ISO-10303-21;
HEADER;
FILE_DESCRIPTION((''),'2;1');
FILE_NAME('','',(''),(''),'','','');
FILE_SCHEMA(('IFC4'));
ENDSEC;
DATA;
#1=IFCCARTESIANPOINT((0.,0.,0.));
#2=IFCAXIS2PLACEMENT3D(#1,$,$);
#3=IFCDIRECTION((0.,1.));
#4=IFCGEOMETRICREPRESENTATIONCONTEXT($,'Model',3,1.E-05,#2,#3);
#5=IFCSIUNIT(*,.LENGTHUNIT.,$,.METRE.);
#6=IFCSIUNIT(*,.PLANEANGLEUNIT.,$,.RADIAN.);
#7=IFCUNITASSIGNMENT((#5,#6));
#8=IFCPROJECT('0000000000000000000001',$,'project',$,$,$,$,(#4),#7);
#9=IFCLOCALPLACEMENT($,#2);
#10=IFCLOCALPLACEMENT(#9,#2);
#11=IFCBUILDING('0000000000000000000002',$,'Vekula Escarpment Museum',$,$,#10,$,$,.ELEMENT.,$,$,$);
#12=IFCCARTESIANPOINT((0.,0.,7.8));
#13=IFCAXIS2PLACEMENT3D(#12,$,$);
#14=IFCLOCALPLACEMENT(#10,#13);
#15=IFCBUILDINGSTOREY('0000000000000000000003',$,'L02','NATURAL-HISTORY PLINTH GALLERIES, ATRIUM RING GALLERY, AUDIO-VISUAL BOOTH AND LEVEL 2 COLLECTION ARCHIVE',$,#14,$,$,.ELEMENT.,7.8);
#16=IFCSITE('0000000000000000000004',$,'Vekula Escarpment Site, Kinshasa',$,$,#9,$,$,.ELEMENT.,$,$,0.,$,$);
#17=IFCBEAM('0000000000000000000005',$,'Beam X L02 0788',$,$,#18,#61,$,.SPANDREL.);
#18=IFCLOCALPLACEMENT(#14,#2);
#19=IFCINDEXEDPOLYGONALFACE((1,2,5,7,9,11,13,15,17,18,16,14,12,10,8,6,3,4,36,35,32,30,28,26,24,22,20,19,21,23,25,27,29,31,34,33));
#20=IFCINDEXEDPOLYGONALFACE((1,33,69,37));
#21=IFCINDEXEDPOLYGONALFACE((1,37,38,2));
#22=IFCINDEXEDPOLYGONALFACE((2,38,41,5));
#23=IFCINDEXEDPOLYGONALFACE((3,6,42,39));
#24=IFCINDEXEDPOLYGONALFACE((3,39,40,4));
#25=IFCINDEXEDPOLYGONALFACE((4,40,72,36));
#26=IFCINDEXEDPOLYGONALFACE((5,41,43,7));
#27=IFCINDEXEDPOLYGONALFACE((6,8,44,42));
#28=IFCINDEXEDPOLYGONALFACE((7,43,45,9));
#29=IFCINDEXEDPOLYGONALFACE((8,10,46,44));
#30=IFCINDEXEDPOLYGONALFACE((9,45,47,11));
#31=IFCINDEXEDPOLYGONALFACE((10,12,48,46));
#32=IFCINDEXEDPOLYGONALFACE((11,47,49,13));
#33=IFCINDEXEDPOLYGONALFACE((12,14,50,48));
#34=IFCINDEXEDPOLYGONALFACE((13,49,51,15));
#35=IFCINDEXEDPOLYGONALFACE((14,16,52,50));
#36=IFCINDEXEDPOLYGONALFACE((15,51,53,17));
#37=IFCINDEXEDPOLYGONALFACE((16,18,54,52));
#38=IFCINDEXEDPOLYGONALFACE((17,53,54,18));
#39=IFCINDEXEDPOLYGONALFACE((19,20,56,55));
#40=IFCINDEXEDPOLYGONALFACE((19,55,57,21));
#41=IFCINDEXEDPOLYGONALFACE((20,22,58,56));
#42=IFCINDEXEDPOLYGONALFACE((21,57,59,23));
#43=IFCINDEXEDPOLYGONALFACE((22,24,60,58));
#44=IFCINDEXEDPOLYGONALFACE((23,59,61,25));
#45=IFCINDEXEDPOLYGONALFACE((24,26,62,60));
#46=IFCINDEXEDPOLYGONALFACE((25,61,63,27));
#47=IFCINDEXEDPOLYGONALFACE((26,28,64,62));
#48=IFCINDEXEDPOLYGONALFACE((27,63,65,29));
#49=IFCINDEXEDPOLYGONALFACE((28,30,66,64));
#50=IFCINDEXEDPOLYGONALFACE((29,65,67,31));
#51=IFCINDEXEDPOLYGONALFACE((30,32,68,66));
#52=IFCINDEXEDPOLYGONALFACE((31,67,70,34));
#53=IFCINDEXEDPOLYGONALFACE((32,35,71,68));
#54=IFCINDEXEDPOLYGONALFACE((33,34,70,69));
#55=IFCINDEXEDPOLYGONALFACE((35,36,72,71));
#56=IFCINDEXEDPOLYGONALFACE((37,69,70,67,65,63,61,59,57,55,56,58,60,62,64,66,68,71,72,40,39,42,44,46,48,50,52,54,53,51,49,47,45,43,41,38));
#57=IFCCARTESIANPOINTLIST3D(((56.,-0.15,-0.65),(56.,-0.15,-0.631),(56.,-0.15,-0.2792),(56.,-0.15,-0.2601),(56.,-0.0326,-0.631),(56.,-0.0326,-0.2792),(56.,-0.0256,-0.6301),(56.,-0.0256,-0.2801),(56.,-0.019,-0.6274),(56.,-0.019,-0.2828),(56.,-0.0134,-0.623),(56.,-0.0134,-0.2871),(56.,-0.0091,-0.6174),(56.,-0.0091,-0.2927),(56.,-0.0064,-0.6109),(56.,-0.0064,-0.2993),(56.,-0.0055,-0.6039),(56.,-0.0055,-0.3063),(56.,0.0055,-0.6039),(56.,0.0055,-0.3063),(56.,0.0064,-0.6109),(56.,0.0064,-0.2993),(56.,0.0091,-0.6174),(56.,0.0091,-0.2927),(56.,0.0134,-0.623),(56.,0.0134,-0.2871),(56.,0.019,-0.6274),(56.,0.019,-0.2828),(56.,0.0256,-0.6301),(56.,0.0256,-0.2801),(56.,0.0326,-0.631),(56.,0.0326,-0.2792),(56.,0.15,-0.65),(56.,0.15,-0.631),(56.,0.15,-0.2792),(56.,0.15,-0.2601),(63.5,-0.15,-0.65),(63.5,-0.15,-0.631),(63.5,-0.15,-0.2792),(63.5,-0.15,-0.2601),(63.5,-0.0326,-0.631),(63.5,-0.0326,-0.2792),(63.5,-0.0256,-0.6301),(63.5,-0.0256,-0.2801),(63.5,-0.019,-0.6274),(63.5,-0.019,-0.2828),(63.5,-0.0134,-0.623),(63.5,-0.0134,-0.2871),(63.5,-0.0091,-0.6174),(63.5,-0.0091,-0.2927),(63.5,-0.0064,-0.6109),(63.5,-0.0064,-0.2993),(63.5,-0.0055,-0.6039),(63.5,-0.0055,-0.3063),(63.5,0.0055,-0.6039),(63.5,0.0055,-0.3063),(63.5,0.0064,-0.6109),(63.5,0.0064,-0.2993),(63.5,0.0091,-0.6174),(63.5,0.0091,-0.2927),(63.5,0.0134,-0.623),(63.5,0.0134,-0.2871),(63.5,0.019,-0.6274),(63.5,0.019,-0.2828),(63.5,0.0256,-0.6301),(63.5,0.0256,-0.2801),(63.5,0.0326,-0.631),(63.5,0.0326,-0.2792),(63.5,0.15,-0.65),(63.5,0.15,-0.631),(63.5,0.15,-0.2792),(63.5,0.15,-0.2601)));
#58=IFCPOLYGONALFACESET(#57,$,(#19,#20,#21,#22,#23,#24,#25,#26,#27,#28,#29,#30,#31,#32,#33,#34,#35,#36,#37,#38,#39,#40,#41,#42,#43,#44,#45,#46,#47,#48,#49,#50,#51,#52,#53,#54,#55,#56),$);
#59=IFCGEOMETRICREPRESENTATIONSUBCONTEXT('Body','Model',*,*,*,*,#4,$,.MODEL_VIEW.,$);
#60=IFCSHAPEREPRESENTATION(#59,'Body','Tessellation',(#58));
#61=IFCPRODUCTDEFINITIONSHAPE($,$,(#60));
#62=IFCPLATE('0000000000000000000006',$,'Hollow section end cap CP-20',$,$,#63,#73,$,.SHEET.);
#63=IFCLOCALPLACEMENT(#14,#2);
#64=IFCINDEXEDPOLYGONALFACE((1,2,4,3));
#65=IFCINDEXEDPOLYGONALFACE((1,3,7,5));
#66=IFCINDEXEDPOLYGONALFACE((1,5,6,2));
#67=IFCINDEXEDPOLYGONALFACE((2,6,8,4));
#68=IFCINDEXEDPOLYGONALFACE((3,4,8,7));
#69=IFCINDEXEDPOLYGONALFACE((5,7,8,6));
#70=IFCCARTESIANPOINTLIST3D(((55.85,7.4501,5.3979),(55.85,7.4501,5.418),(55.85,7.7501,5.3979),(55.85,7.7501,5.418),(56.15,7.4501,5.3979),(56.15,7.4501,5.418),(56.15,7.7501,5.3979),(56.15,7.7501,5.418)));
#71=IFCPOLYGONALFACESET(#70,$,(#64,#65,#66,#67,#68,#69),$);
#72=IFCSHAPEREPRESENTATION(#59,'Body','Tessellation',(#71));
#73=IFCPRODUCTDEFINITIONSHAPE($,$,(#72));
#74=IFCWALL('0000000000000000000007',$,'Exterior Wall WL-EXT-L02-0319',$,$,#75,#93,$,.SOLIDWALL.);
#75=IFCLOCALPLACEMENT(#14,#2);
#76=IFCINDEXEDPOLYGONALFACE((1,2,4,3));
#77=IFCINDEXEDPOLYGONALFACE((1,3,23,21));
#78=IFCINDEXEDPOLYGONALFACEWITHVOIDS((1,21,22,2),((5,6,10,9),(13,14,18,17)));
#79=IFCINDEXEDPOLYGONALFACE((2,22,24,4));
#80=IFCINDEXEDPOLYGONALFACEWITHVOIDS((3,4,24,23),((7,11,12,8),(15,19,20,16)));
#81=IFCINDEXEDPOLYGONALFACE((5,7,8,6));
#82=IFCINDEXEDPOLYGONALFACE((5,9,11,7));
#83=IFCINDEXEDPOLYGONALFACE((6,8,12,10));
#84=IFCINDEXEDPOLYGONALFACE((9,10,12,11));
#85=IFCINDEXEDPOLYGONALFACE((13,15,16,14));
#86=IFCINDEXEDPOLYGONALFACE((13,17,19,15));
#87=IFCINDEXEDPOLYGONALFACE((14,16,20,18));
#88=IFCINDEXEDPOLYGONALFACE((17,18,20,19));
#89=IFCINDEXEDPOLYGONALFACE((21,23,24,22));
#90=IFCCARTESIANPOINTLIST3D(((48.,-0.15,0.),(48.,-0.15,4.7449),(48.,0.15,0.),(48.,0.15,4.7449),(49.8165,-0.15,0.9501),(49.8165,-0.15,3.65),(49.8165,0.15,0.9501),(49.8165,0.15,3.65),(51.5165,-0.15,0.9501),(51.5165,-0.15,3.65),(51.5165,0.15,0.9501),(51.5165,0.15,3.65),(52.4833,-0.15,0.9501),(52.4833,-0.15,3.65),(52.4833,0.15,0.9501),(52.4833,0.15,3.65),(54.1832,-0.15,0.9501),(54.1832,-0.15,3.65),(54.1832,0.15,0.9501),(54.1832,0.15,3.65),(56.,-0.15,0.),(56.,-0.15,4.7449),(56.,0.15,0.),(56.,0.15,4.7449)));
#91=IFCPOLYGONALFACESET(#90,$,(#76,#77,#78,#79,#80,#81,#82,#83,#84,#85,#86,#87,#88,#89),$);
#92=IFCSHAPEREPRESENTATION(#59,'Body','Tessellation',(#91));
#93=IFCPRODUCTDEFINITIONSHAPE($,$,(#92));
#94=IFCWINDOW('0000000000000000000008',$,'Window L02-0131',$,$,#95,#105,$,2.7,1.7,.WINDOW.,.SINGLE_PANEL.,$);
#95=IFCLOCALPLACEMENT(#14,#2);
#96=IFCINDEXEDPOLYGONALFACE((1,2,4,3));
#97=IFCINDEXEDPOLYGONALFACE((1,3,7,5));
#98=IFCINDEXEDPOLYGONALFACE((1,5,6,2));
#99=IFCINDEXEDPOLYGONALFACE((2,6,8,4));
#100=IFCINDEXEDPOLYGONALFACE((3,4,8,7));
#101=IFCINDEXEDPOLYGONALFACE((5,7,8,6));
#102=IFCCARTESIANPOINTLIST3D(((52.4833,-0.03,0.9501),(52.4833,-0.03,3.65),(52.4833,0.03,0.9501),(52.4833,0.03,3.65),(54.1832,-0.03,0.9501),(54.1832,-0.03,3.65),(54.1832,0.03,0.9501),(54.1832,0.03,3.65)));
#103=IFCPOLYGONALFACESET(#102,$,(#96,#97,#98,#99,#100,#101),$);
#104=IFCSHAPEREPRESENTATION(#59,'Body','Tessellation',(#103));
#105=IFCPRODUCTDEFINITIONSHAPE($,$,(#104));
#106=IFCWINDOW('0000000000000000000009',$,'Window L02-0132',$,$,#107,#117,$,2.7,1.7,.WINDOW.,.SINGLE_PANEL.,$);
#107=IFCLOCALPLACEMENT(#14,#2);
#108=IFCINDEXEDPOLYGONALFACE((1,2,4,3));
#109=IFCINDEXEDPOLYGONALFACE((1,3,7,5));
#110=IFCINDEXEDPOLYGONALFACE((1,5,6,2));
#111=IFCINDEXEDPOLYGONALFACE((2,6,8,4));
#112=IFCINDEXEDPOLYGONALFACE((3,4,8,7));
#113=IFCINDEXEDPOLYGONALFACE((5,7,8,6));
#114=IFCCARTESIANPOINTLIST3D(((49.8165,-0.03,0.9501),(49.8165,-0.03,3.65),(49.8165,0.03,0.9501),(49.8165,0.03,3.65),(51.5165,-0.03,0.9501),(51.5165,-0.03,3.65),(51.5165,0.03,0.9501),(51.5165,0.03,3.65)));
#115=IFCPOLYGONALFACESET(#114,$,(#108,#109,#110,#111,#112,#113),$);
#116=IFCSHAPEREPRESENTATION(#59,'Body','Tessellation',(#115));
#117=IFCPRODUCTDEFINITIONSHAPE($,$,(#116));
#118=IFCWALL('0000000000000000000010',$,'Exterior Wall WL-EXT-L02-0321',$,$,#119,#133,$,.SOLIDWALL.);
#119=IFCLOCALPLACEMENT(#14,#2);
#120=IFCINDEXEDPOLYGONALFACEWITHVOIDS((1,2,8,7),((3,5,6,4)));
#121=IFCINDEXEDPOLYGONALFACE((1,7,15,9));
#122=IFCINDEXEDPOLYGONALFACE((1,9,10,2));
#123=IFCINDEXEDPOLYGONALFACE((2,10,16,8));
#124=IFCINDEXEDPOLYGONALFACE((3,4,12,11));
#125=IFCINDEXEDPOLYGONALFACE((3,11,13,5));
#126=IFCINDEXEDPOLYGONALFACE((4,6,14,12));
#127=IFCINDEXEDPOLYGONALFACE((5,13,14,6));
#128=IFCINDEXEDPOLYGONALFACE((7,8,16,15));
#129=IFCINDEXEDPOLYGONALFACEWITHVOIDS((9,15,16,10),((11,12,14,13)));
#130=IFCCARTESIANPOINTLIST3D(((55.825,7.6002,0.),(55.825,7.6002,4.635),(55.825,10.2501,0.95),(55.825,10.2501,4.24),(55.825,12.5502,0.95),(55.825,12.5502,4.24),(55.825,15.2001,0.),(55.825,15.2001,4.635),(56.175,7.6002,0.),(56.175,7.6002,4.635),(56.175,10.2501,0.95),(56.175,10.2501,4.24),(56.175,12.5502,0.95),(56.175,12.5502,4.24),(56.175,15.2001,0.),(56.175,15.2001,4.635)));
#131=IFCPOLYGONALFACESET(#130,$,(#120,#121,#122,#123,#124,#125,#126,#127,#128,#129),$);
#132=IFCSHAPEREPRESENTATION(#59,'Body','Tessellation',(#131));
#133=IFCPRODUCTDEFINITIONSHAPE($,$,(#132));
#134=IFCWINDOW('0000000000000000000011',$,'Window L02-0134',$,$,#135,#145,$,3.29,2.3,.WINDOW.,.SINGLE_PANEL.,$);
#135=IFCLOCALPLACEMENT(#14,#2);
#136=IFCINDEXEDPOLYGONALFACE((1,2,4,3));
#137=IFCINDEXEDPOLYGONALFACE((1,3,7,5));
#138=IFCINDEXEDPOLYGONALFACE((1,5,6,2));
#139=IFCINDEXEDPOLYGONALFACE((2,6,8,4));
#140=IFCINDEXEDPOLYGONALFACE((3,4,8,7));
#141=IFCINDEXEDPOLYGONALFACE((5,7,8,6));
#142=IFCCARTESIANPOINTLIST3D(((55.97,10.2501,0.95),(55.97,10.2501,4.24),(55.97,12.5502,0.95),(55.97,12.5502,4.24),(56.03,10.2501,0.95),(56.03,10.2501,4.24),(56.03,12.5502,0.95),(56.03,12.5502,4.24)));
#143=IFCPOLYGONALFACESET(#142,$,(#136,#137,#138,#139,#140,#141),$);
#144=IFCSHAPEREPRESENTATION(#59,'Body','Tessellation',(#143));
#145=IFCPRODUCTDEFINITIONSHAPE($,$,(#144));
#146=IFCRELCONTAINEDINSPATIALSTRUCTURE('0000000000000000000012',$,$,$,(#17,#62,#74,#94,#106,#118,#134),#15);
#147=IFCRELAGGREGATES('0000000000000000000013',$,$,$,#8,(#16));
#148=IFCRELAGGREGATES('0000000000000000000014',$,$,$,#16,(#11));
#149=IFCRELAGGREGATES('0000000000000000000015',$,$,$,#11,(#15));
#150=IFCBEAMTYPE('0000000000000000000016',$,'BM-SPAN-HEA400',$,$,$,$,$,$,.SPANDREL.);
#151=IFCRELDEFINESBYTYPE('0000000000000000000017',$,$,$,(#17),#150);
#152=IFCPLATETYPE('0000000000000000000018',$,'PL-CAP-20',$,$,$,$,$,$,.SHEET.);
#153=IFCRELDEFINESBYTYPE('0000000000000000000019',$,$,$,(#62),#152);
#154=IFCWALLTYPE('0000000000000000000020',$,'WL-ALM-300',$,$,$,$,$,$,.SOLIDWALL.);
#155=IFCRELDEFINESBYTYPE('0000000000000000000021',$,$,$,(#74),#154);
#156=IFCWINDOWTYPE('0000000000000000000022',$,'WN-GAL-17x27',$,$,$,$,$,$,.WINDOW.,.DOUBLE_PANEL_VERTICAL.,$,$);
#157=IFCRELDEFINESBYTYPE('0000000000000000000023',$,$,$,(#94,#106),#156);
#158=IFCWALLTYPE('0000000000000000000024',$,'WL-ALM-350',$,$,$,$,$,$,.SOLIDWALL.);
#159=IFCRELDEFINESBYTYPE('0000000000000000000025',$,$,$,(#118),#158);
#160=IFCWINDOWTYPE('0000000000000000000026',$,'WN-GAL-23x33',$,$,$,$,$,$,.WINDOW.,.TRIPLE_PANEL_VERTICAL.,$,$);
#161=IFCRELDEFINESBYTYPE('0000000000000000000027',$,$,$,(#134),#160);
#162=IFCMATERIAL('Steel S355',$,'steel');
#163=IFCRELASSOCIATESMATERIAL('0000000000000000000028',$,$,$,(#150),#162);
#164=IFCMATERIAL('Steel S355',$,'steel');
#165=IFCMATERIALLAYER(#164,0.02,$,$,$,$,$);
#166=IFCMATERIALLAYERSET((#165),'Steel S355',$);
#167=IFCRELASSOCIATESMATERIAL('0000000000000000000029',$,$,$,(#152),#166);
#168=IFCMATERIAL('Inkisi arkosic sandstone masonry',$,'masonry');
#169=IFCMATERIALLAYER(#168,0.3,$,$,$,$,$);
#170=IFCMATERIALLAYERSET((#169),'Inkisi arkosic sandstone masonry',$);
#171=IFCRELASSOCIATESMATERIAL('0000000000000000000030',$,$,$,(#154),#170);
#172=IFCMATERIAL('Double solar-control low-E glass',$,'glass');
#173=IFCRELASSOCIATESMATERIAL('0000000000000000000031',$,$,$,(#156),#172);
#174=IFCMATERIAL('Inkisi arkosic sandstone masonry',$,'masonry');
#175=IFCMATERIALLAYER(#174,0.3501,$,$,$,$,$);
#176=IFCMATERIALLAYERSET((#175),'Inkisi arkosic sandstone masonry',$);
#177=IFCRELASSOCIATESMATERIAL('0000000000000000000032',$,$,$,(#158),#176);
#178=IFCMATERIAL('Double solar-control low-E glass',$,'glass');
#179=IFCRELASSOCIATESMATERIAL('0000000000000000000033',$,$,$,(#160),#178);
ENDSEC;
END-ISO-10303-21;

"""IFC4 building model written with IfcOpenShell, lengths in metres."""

from ifc_helpers import new_model, si_unit, direction, frame, frame_2d, origin, origin_2d, place, context, subcontext, project, spatial, rectangle, i_section, extrude, material, layer, layer_set, material_profile, profile_set, type_object, element, fill, save


model = new_model("IFC4")

# Units and contexts
model_context = context("Model", 3, precision=1e-05, world=origin(), true_north=direction((0.0, 1.0)))
body_context = subcontext(model_context, "Body", "Model", "MODEL_VIEW")
ifc_project = project(units=[si_unit("LENGTHUNIT", "METRE"), si_unit("PLANEANGLEUNIT", "RADIAN")], contexts=[model_context])

# Site, building, storey
site_placement = place(None, origin())
site = spatial("IfcSite", under=ifc_project, at=site_placement, Name="Vekula Escarpment Site, Kinshasa", CompositionType="ELEMENT", RefElevation=0.0)
building_placement = place(site_placement, origin())
building = spatial("IfcBuilding", under=site, at=building_placement, Name="Vekula Escarpment Museum", CompositionType="ELEMENT")
storey_placement = place(building_placement, frame((0.0, 0.0, 7.8)))
storey = spatial("IfcBuildingStorey", under=building, at=storey_placement, Name="L02", Description="NATURAL-HISTORY PLINTH GALLERIES, ATRIUM RING GALLERY, AUDIO-VISUAL BOOTH AND LEVEL 2 COLLECTION ARCHIVE", CompositionType="ELEMENT", Elevation=7.8)

# Beam
ifc_material_1 = material(Name="Steel S355", Category="steel")
ifc_material_profile_1 = material_profile(ifc_material_1, i_section(OverallWidth=0.3, OverallDepth=0.3899, WebThickness=0.011, FlangeThickness=0.019, FilletRadius=0.0271, at=origin_2d()), Name="HEA 400")
ifc_profile_set_1 = profile_set([ifc_material_profile_1], Name="Steel S355")
beam_type_1 = type_object("IfcBeamType", Name="BM-SPAN-HEA400", PredefinedType="SPANDREL", material=ifc_profile_set_1)
beam_1_placement = place(storey_placement, frame((56.0, 0.0, -0.4551), z_axis=(1.0, 0.0, 0.0), x_axis=(0.0, 1.0, 0.0)))
element("IfcBeam", 1, at=beam_1_placement, inside=storey, type_object=beam_type_1, Name="Beam X L02 0788", PredefinedType="SPANDREL", context=body_context, shape_type="SweptSolid", body=[
    extrude(i_section(OverallWidth=0.3, OverallDepth=0.3899, WebThickness=0.011, FlangeThickness=0.019, FilletRadius=0.0271, at=origin_2d()), origin(), (0.0, 0.0, 1.0), 7.5),
])

# Plate
ifc_material_2 = material(Name="Steel S355", Category="steel")
ifc_layer_1 = layer(ifc_material_2, 0.02)
ifc_layer_set_1 = layer_set([ifc_layer_1], Name="Steel S355")
plate_type = type_object("IfcPlateType", Name="PL-CAP-20", PredefinedType="SHEET", material=ifc_layer_set_1)
plate_placement = place(storey_placement, frame((56.0, 7.6001, 5.3979), z_axis=(0.0, 0.0, 1.0), x_axis=(1.0, 0.0, 0.0)))
element("IfcPlate", 2, at=plate_placement, inside=storey, type_object=plate_type, Name="Hollow section end cap CP-20", PredefinedType="SHEET", context=body_context, shape_type="SweptSolid", body=[
    extrude(rectangle(XDim=0.3, YDim=0.3, at=origin_2d()), origin(), (0.0, 0.0, 1.0), 0.02),
])

# Wall, openings, windows
ifc_material_3 = material(Name="Inkisi arkosic sandstone masonry", Category="masonry")
ifc_layer_2 = layer(ifc_material_3, 0.3)
ifc_layer_set_2 = layer_set([ifc_layer_2], Name="Inkisi arkosic sandstone masonry")
wall_type_1 = type_object("IfcWallType", Name="WL-ALM-300", PredefinedType="SOLIDWALL", material=ifc_layer_set_2)
wall_1_placement = place(storey_placement, frame((56.0, 0.0, 0.0), z_axis=(0.0, 0.0, 1.0), x_axis=(-1.0, 0.0, 0.0)))
wall_1 = element("IfcWall", 3, at=wall_1_placement, inside=storey, type_object=wall_type_1, Name="Exterior Wall WL-EXT-L02-0319", PredefinedType="SOLIDWALL", context=body_context, shape_type="SweptSolid", body=[
    extrude(rectangle(XDim=8.0, YDim=0.3, at=frame_2d((4.0, 0.0))), origin(), (0.0, 0.0, 1.0), 4.7449),
])
opening_1_placement = place(wall_1_placement, frame((1.8167, 0.0, 0.95)))
opening_1 = element("IfcOpeningElement", 4, at=opening_1_placement, cuts=wall_1, PredefinedType="OPENING", context=body_context, shape_type="SweptSolid", body=[
    extrude(rectangle(XDim=1.7, YDim=2.7, at=frame_2d((0.8501, 1.3501))), frame((0.0, 0.1599, 0.0), z_axis=(0.0, -1.0, 0.0), x_axis=(1.0, 0.0, 0.0)), (0.0, 0.0, 1.0), 0.3201),
])
opening_2_placement = place(wall_1_placement, frame((4.4834, 0.0, 0.95)))
opening_2 = element("IfcOpeningElement", 5, at=opening_2_placement, cuts=wall_1, PredefinedType="OPENING", context=body_context, shape_type="SweptSolid", body=[
    extrude(rectangle(XDim=1.7, YDim=2.7, at=frame_2d((0.8501, 1.3501))), frame((0.0, 0.1599, 0.0), z_axis=(0.0, -1.0, 0.0), x_axis=(1.0, 0.0, 0.0)), (0.0, 0.0, 1.0), 0.3201),
])
ifc_material_4 = material(Name="Double solar-control low-E glass", Category="glass")
window_type_1 = type_object("IfcWindowType", Name="WN-GAL-17x27", PartitioningType="DOUBLE_PANEL_VERTICAL", PredefinedType="WINDOW", material=ifc_material_4)
window_1_placement = place(opening_1_placement, origin())
window_1 = element("IfcWindow", 6, at=window_1_placement, inside=storey, type_object=window_type_1, Name="Window L02-0131", OverallHeight=2.7, OverallWidth=1.7, PartitioningType="SINGLE_PANEL", PredefinedType="WINDOW", context=body_context, shape_type="SweptSolid", body=[
    extrude(rectangle(XDim=1.7, YDim=2.7, at=frame_2d((0.8501, 1.3501))), frame((0.0, 0.03, 0.0), z_axis=(0.0, -1.0, 0.0), x_axis=(1.0, 0.0, 0.0)), (0.0, 0.0, 1.0), 0.0601),
])
fill(opening_1, window_1)
window_2_placement = place(opening_2_placement, origin())
window_2 = element("IfcWindow", 7, at=window_2_placement, inside=storey, type_object=window_type_1, Name="Window L02-0132", OverallHeight=2.7, OverallWidth=1.7, PartitioningType="SINGLE_PANEL", PredefinedType="WINDOW", context=body_context, shape_type="SweptSolid", body=[
    extrude(rectangle(XDim=1.7, YDim=2.7, at=frame_2d((0.8501, 1.3501))), frame((0.0, 0.03, 0.0), z_axis=(0.0, -1.0, 0.0), x_axis=(1.0, 0.0, 0.0)), (0.0, 0.0, 1.0), 0.0601),
])
fill(opening_2, window_2)

# Wall, opening, window
ifc_material_5 = material(Name="Inkisi arkosic sandstone masonry", Category="masonry")
ifc_layer_3 = layer(ifc_material_5, 0.3501)
ifc_layer_set_3 = layer_set([ifc_layer_3], Name="Inkisi arkosic sandstone masonry")
wall_type_2 = type_object("IfcWallType", Name="WL-ALM-350", PredefinedType="SOLIDWALL", material=ifc_layer_set_3)
wall_2_placement = place(storey_placement, frame((56.0, 15.2, 0.0), z_axis=(0.0, 0.0, 1.0), x_axis=(0.0, -1.0, 0.0)))
wall_2 = element("IfcWall", 8, at=wall_2_placement, inside=storey, type_object=wall_type_2, Name="Exterior Wall WL-EXT-L02-0321", PredefinedType="SOLIDWALL", context=body_context, shape_type="SweptSolid", body=[
    extrude(rectangle(XDim=7.5999, YDim=0.3501, at=frame_2d((3.7998, 0.0))), origin(), (0.0, 0.0, 1.0), 4.635),
])
opening_3_placement = place(wall_2_placement, frame((2.6499, 0.0, 0.95)))
opening_3 = element("IfcOpeningElement", 9, at=opening_3_placement, cuts=wall_2, PredefinedType="OPENING", context=body_context, shape_type="SweptSolid", body=[
    extrude(rectangle(XDim=2.3, YDim=3.29, at=frame_2d((1.1499, 1.645))), frame((0.0, 0.1851, 0.0), z_axis=(0.0, -1.0, 0.0), x_axis=(1.0, 0.0, 0.0)), (0.0, 0.0, 1.0), 0.3701),
])
ifc_material_6 = material(Name="Double solar-control low-E glass", Category="glass")
window_type_2 = type_object("IfcWindowType", Name="WN-GAL-23x33", PartitioningType="TRIPLE_PANEL_VERTICAL", PredefinedType="WINDOW", material=ifc_material_6)
window_3_placement = place(opening_3_placement, origin())
window_3 = element("IfcWindow", 10, at=window_3_placement, inside=storey, type_object=window_type_2, Name="Window L02-0134", OverallHeight=3.29, OverallWidth=2.3, PartitioningType="SINGLE_PANEL", PredefinedType="WINDOW", context=body_context, shape_type="SweptSolid", body=[
    extrude(rectangle(XDim=2.3, YDim=3.29, at=frame_2d((1.1499, 1.645))), frame((0.0, 0.03, 0.0), z_axis=(0.0, -1.0, 0.0), x_axis=(1.0, 0.0, 0.0)), (0.0, 0.0, 1.0), 0.0601),
])
fill(opening_3, window_3)

save(model, "model.ifc")
